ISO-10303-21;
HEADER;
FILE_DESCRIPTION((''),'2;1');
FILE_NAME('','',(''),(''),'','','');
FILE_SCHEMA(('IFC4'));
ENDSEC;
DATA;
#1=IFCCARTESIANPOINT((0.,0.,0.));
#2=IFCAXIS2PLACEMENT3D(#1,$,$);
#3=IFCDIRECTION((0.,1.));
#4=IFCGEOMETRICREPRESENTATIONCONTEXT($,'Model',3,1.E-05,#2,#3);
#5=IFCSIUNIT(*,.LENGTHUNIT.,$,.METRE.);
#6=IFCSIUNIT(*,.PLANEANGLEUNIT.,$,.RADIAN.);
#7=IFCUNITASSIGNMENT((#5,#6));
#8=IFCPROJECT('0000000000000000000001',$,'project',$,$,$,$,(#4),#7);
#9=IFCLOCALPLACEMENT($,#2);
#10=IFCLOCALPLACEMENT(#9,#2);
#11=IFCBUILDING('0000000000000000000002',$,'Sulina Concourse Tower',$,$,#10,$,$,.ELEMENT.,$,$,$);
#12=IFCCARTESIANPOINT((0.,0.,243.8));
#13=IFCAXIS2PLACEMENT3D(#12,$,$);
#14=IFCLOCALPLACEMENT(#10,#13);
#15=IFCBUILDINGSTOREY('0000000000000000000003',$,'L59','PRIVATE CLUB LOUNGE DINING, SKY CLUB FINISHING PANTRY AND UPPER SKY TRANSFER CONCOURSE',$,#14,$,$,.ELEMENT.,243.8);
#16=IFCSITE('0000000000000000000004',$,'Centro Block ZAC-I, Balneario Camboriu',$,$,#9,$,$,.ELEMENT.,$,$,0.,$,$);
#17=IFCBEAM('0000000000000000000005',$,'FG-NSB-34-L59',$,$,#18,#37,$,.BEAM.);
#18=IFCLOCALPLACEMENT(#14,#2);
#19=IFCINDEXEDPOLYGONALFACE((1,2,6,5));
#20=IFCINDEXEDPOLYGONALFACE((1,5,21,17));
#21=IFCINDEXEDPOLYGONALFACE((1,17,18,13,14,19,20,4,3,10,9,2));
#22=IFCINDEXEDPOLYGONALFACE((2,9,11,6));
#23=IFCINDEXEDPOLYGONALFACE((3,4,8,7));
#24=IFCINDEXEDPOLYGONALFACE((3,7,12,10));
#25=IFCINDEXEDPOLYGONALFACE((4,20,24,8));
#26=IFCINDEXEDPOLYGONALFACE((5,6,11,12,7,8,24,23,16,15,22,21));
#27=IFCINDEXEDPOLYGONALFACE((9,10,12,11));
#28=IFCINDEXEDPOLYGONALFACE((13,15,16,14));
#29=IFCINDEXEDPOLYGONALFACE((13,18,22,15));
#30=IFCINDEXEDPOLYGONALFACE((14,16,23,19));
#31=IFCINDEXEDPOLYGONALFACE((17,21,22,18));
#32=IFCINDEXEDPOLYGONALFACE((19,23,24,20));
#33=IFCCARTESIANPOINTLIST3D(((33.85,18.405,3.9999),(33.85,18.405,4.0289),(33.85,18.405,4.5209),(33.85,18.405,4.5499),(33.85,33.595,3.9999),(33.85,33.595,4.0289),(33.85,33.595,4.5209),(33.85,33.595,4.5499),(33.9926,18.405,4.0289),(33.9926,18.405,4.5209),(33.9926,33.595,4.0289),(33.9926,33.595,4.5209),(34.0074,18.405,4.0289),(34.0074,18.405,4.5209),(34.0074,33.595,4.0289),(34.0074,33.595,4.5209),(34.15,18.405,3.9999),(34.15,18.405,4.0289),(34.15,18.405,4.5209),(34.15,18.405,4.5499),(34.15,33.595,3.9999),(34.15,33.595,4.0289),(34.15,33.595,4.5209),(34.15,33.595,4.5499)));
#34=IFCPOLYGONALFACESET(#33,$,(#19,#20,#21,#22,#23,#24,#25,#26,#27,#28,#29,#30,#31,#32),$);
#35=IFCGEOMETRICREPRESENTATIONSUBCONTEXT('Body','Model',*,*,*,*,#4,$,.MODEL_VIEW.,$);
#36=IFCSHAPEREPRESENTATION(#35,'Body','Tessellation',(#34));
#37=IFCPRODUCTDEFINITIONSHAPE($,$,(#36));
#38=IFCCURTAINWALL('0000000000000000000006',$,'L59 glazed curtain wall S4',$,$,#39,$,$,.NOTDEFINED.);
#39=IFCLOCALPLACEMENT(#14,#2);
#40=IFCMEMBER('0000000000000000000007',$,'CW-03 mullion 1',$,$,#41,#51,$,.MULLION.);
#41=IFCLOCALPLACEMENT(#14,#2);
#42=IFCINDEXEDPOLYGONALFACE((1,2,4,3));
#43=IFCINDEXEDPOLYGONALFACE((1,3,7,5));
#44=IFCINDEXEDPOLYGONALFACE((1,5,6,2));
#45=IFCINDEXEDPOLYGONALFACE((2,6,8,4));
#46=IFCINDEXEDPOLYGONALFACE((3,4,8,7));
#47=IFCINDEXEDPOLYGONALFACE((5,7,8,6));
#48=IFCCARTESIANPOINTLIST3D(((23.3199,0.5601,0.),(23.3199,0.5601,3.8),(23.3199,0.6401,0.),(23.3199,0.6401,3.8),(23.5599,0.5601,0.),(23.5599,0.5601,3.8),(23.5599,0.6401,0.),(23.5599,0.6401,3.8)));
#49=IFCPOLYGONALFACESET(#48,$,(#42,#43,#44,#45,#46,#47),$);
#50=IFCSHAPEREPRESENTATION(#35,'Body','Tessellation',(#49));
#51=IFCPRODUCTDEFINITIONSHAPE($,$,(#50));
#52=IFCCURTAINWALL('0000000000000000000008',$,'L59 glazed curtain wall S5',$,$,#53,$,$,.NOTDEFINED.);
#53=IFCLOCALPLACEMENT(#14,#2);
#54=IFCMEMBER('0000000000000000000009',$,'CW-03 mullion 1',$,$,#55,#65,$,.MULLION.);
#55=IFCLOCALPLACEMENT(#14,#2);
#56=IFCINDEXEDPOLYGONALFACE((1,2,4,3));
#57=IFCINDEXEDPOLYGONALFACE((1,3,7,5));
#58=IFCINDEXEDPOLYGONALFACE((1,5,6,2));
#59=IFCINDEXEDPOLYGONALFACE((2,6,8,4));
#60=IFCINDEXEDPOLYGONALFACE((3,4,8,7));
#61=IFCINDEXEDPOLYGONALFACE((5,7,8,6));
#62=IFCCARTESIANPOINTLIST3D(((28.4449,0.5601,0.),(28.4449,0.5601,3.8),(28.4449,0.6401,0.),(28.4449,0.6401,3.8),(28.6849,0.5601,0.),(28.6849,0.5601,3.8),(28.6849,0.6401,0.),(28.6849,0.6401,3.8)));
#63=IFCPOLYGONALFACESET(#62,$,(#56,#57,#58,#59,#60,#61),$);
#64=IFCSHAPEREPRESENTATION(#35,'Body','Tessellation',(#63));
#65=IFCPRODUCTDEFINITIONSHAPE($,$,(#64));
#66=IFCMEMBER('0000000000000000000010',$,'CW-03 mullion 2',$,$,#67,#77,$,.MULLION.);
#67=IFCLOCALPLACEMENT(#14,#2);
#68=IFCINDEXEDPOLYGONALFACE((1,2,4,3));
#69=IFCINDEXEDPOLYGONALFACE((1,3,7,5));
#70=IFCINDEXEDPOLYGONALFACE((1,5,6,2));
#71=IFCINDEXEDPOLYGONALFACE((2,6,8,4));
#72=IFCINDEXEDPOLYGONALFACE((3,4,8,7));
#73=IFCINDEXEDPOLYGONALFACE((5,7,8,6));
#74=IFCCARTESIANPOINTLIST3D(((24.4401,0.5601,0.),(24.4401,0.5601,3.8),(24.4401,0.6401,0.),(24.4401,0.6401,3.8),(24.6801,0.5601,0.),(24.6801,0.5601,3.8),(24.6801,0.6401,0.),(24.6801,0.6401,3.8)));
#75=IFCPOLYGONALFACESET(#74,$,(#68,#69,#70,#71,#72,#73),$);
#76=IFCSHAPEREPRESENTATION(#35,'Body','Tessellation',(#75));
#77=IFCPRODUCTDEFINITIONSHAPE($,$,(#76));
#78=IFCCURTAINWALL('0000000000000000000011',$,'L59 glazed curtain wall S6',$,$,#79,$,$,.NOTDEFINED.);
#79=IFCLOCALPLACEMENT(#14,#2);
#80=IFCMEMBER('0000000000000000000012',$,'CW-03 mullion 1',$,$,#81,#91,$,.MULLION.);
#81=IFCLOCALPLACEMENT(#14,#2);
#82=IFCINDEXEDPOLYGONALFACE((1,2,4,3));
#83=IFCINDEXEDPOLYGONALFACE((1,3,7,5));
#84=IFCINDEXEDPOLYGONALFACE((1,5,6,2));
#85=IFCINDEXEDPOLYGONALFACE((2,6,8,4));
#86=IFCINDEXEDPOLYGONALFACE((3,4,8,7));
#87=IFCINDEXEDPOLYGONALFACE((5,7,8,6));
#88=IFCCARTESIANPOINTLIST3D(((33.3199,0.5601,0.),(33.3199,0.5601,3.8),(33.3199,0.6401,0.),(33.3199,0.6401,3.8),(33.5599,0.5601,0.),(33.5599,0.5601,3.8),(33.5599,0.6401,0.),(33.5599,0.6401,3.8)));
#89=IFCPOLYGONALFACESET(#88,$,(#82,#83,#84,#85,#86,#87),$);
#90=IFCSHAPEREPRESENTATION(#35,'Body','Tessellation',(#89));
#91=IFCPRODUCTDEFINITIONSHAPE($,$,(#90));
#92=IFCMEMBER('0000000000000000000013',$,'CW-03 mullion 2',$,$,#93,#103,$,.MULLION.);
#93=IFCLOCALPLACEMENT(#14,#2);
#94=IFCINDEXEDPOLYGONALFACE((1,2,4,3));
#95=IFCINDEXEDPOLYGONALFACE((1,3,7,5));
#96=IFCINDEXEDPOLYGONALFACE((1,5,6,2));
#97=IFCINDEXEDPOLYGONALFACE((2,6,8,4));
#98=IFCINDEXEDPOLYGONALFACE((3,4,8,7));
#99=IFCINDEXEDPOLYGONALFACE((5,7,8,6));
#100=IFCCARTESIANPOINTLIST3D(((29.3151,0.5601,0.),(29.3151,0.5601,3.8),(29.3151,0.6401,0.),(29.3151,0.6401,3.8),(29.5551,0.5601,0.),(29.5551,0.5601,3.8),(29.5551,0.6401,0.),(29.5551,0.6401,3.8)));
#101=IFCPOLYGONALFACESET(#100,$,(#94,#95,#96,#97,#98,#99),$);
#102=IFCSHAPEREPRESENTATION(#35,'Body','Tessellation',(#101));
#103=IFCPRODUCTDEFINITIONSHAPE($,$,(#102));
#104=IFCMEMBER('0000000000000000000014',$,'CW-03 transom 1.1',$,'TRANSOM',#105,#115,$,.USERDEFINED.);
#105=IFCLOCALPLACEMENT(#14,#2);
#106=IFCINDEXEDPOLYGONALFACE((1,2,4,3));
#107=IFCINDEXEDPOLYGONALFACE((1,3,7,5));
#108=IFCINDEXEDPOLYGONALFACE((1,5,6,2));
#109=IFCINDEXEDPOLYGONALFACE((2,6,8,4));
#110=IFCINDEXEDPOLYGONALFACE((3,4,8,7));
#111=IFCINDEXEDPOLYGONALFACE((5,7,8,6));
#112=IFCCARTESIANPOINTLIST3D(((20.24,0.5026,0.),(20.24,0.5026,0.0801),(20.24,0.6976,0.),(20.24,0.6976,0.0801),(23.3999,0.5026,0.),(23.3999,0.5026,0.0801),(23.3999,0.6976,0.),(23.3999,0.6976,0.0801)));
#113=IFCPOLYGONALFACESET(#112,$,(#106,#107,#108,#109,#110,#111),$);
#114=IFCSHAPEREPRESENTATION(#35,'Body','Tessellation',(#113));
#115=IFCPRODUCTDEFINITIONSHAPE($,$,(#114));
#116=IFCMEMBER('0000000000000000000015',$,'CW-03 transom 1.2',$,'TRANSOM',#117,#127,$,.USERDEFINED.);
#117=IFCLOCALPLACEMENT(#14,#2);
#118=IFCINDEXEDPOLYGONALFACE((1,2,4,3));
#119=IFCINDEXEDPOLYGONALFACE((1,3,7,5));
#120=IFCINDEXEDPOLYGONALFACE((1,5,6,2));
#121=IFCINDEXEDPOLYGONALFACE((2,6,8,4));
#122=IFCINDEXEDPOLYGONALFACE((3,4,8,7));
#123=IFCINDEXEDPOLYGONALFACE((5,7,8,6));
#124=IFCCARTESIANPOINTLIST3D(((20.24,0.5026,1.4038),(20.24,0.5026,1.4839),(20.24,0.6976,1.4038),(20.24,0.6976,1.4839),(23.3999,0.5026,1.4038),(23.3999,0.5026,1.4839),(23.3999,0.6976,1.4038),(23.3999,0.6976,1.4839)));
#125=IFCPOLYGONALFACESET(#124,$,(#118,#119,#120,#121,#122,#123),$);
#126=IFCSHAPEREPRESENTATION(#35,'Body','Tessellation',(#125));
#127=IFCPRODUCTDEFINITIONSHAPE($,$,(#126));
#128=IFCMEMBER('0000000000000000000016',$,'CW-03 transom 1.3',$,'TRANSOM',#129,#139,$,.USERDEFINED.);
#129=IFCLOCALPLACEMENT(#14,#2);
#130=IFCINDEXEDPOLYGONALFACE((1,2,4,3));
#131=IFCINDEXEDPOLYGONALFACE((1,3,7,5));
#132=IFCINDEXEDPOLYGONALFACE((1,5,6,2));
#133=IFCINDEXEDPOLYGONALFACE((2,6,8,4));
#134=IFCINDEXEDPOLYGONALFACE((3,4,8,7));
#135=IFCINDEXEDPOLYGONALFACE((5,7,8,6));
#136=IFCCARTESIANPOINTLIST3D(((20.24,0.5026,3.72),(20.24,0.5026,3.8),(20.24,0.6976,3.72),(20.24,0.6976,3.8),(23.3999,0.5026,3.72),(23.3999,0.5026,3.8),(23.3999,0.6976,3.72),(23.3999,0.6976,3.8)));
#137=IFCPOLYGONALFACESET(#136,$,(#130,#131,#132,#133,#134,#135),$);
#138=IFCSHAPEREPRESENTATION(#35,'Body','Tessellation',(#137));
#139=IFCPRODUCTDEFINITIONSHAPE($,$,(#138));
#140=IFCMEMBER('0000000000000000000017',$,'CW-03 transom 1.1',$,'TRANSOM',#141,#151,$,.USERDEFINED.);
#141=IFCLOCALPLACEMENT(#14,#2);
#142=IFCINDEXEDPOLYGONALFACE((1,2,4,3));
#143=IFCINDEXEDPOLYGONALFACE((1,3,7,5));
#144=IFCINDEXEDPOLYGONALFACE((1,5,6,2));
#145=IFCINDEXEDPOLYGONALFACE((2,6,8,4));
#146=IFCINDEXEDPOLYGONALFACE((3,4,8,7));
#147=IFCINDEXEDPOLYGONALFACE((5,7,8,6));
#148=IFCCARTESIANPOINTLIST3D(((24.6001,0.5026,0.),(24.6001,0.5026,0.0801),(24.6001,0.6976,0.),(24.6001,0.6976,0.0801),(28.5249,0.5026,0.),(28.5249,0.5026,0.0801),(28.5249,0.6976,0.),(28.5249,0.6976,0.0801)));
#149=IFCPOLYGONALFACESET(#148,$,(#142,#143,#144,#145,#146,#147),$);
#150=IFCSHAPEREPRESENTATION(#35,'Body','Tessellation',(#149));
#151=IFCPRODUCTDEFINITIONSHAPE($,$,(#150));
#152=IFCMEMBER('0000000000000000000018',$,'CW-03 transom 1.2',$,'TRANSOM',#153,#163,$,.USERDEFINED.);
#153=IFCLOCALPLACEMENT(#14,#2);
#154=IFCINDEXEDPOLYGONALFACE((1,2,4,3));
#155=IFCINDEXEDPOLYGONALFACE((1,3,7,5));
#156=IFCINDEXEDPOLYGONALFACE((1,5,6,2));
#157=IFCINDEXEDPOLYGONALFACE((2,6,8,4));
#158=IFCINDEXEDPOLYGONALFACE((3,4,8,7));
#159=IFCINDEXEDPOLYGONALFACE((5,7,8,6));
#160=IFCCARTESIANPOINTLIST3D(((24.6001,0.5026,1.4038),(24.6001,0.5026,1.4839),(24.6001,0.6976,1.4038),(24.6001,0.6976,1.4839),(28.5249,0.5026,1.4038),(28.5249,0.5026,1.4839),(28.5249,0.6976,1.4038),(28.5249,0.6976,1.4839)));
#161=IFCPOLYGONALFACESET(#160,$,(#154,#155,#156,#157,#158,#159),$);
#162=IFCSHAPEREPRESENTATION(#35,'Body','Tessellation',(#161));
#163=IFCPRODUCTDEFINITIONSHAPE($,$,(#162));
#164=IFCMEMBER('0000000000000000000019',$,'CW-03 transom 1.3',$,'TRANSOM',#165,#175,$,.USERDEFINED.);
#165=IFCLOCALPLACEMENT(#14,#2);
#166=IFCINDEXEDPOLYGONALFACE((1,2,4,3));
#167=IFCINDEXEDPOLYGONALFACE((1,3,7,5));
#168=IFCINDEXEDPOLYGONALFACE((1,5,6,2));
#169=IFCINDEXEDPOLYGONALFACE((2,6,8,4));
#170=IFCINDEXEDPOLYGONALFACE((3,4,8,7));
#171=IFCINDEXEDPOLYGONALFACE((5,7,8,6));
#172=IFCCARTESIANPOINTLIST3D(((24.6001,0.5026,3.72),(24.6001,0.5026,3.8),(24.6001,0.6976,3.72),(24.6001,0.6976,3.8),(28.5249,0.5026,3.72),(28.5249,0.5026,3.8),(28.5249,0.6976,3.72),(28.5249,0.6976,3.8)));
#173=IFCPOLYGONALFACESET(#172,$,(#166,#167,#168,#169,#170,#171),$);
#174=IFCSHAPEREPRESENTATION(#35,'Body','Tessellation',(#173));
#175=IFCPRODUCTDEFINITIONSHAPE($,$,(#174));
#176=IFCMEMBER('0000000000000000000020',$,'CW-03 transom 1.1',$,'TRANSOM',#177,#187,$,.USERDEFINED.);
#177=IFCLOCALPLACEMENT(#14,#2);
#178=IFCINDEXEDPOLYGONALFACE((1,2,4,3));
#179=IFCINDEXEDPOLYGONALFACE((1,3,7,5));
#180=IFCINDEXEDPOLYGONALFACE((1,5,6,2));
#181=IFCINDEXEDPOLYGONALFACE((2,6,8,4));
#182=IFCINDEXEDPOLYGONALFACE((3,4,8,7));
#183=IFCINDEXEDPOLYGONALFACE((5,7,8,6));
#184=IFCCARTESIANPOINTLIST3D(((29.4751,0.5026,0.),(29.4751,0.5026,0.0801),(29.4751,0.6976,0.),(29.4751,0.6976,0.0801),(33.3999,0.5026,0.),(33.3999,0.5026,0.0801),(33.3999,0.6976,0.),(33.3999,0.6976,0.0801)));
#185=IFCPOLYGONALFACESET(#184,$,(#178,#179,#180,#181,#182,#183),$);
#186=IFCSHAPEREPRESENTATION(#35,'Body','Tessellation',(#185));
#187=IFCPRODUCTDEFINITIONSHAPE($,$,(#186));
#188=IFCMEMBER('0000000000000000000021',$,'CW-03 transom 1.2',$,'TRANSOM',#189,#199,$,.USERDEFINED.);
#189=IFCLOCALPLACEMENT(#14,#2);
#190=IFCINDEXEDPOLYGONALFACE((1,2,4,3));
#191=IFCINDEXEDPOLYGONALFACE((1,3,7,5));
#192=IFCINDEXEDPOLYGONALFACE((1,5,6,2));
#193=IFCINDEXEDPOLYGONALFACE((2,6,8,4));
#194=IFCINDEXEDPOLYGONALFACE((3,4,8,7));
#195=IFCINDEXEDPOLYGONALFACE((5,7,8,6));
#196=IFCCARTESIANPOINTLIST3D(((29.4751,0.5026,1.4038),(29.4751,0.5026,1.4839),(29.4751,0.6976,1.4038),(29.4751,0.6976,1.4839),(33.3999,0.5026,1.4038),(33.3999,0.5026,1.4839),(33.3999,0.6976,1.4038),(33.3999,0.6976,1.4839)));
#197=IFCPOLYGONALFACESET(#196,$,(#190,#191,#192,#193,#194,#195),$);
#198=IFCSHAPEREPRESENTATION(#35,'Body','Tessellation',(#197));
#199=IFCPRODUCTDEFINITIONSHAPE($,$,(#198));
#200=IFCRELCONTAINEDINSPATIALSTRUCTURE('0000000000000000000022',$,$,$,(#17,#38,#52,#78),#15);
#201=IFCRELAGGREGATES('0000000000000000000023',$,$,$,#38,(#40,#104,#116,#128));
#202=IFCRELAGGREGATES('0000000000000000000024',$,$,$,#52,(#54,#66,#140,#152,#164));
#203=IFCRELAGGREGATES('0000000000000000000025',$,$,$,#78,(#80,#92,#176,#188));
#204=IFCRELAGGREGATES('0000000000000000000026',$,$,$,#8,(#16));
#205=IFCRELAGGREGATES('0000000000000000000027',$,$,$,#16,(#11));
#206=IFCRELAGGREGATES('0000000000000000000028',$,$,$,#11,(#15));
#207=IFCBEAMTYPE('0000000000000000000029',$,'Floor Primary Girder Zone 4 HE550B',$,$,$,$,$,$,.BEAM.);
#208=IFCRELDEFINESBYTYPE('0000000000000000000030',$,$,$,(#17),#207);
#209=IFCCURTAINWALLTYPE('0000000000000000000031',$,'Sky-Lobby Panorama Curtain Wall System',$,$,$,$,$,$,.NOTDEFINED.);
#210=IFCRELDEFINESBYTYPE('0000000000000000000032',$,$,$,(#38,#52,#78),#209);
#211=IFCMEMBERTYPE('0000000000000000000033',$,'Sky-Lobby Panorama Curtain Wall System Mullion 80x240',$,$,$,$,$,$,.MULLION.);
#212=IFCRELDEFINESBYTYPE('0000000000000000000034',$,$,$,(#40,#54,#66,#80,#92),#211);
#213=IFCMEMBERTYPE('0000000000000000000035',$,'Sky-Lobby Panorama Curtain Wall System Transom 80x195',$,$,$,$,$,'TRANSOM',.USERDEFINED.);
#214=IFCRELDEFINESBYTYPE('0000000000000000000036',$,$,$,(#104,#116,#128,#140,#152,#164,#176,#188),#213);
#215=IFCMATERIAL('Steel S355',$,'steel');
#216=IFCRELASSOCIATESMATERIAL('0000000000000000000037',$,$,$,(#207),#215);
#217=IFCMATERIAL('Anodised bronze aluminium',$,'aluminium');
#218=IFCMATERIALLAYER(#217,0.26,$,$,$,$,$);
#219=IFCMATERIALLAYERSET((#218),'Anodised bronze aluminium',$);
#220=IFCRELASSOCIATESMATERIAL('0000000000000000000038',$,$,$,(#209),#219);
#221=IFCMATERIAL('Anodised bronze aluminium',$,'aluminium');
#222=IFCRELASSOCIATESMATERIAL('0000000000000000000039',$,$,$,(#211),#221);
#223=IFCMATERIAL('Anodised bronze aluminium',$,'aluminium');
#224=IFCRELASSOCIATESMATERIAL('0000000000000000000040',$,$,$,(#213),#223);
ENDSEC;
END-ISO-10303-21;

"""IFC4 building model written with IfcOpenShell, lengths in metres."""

from ifc_helpers import new_model, si_unit, direction, frame, origin, origin_2d, place, context, subcontext, project, spatial, rectangle, i_section, extrude, material, layer, layer_set, material_profile, profile_set, type_object, element, aggregate, save


model = new_model("IFC4")

# Units and contexts
model_context = context("Model", 3, precision=1e-05, world=origin(), true_north=direction((0.0, 1.0)))
body_context = subcontext(model_context, "Body", "Model", "MODEL_VIEW")
ifc_project = project(units=[si_unit("LENGTHUNIT", "METRE"), si_unit("PLANEANGLEUNIT", "RADIAN")], contexts=[model_context])

# Site, building, storey
site_placement = place(None, origin())
site = spatial("IfcSite", under=ifc_project, at=site_placement, Name="Centro Block ZAC-I, Balneario Camboriu", CompositionType="ELEMENT", RefElevation=0.0)
building_placement = place(site_placement, origin())
building = spatial("IfcBuilding", under=site, at=building_placement, Name="Sulina Concourse Tower", CompositionType="ELEMENT")
storey_placement = place(building_placement, frame((0.0, 0.0, 243.8)))
storey = spatial("IfcBuildingStorey", under=building, at=storey_placement, Name="L59", Description="PRIVATE CLUB LOUNGE DINING, SKY CLUB FINISHING PANTRY AND UPPER SKY TRANSFER CONCOURSE", CompositionType="ELEMENT", Elevation=243.8)

# Beam
ifc_material_1 = material(Name="Steel S355", Category="steel")
ifc_material_profile_1 = material_profile(ifc_material_1, i_section(OverallWidth=0.3, OverallDepth=0.55, WebThickness=0.0149, FlangeThickness=0.0291, at=origin_2d()), Name="HE 550 B")
ifc_profile_set_1 = profile_set([ifc_material_profile_1], Name="Steel S355")
beam_type_1 = type_object("IfcBeamType", Name="Floor Primary Girder Zone 4 HE550B", PredefinedType="BEAM", material=ifc_profile_set_1)
beam_1_placement = place(storey_placement, frame((34.0, 18.405, 4.2749), z_axis=(0.0, 1.0, 0.0), x_axis=(-1.0, 0.0, 0.0)))
element("IfcBeam", 1, at=beam_1_placement, inside=storey, type_object=beam_type_1, Name="FG-NSB-34-L59", PredefinedType="BEAM", context=body_context, shape_type="SweptSolid", body=[
    extrude(i_section(OverallWidth=0.3, OverallDepth=0.55, WebThickness=0.0149, FlangeThickness=0.0291, at=origin_2d()), origin(), (0.0, 0.0, 1.0), 15.1899),
])

# Curtain wall, member
ifc_material_2 = material(Name="Anodised bronze aluminium", Category="aluminium")
ifc_layer_1 = layer(ifc_material_2, 0.26)
ifc_layer_set_1 = layer_set([ifc_layer_1], Name="Anodised bronze aluminium")
curtain_wall_type = type_object("IfcCurtainWallType", Name="Sky-Lobby Panorama Curtain Wall System", PredefinedType="NOTDEFINED", material=ifc_layer_set_1)
curtain_wall_1_placement = place(storey_placement, origin())
curtain_wall_1 = element("IfcCurtainWall", 2, at=curtain_wall_1_placement, inside=storey, type_object=curtain_wall_type, Name="L59 glazed curtain wall S4", PredefinedType="NOTDEFINED")
ifc_material_3 = material(Name="Anodised bronze aluminium", Category="aluminium")
ifc_material_profile_2 = material_profile(ifc_material_3, rectangle(XDim=0.0801, YDim=0.24, at=origin_2d()), Name="MUL 80x240")
ifc_profile_set_2 = profile_set([ifc_material_profile_2], Name="Anodised bronze aluminium")
member_type_1 = type_object("IfcMemberType", Name="Sky-Lobby Panorama Curtain Wall System Mullion 80x240", PredefinedType="MULLION", material=ifc_profile_set_2)
member_1_placement = place(storey_placement, frame((23.4399, 0.6001, 0.0), z_axis=(0.0, 0.0, 1.0), x_axis=(0.0, -1.0, 0.0)))
member_1 = element("IfcMember", 3, at=member_1_placement, type_object=member_type_1, Name="CW-03 mullion 1", PredefinedType="MULLION", context=body_context, shape_type="SweptSolid", body=[
    extrude(rectangle(XDim=0.0801, YDim=0.24, at=origin_2d()), origin(), (0.0, 0.0, 1.0), 3.8),
])

# Curtain walls, members
curtain_wall_2_placement = place(storey_placement, origin())
curtain_wall_2 = element("IfcCurtainWall", 4, at=curtain_wall_2_placement, inside=storey, type_object=curtain_wall_type, Name="L59 glazed curtain wall S5", PredefinedType="NOTDEFINED")
member_2_placement = place(storey_placement, frame((28.5649, 0.6001, 0.0), z_axis=(0.0, 0.0, 1.0), x_axis=(0.0, -1.0, 0.0)))
member_2 = element("IfcMember", 5, at=member_2_placement, type_object=member_type_1, Name="CW-03 mullion 1", PredefinedType="MULLION", context=body_context, shape_type="SweptSolid", body=[
    extrude(rectangle(XDim=0.0801, YDim=0.24, at=origin_2d()), origin(), (0.0, 0.0, 1.0), 3.8),
])
member_3_placement = place(storey_placement, frame((24.5601, 0.6001, 0.0), z_axis=(0.0, 0.0, 1.0), x_axis=(0.0, -1.0, 0.0)))
member_3 = element("IfcMember", 6, at=member_3_placement, type_object=member_type_1, Name="CW-03 mullion 2", PredefinedType="MULLION", context=body_context, shape_type="SweptSolid", body=[
    extrude(rectangle(XDim=0.0801, YDim=0.24, at=origin_2d()), origin(), (0.0, 0.0, 1.0), 3.8),
])
curtain_wall_3_placement = place(storey_placement, origin())
curtain_wall_3 = element("IfcCurtainWall", 7, at=curtain_wall_3_placement, inside=storey, type_object=curtain_wall_type, Name="L59 glazed curtain wall S6", PredefinedType="NOTDEFINED")
member_4_placement = place(storey_placement, frame((33.4399, 0.6001, 0.0), z_axis=(0.0, 0.0, 1.0), x_axis=(0.0, -1.0, 0.0)))
member_4 = element("IfcMember", 8, at=member_4_placement, type_object=member_type_1, Name="CW-03 mullion 1", PredefinedType="MULLION", context=body_context, shape_type="SweptSolid", body=[
    extrude(rectangle(XDim=0.0801, YDim=0.24, at=origin_2d()), origin(), (0.0, 0.0, 1.0), 3.8),
])
member_5_placement = place(storey_placement, frame((29.4351, 0.6001, 0.0), z_axis=(0.0, 0.0, 1.0), x_axis=(0.0, -1.0, 0.0)))
member_5 = element("IfcMember", 9, at=member_5_placement, type_object=member_type_1, Name="CW-03 mullion 2", PredefinedType="MULLION", context=body_context, shape_type="SweptSolid", body=[
    extrude(rectangle(XDim=0.0801, YDim=0.24, at=origin_2d()), origin(), (0.0, 0.0, 1.0), 3.8),
])

# Members
ifc_material_4 = material(Name="Anodised bronze aluminium", Category="aluminium")
ifc_material_profile_3 = material_profile(ifc_material_4, rectangle(XDim=0.1951, YDim=0.0801, at=origin_2d()), Name="TRN 80x195")
ifc_profile_set_3 = profile_set([ifc_material_profile_3], Name="Anodised bronze aluminium")
member_type_2 = type_object("IfcMemberType", Name="Sky-Lobby Panorama Curtain Wall System Transom 80x195", ElementType="TRANSOM", PredefinedType="USERDEFINED", material=ifc_profile_set_3)
member_6_placement = place(storey_placement, frame((23.3999, 0.6001, 0.04), z_axis=(-1.0, 0.0, 0.0), x_axis=(0.0, -1.0, 0.0)))
member_6 = element("IfcMember", 10, at=member_6_placement, type_object=member_type_2, Name="CW-03 transom 1.1", ObjectType="TRANSOM", PredefinedType="USERDEFINED", context=body_context, shape_type="SweptSolid", body=[
    extrude(rectangle(XDim=0.1951, YDim=0.0801, at=origin_2d()), origin(), (0.0, 0.0, 1.0), 3.1599),
])
member_7_placement = place(storey_placement, frame((23.3999, 0.6001, 1.4438), z_axis=(-1.0, 0.0, 0.0), x_axis=(0.0, -1.0, 0.0)))
member_7 = element("IfcMember", 11, at=member_7_placement, type_object=member_type_2, Name="CW-03 transom 1.2", ObjectType="TRANSOM", PredefinedType="USERDEFINED", context=body_context, shape_type="SweptSolid", body=[
    extrude(rectangle(XDim=0.1951, YDim=0.0801, at=origin_2d()), origin(), (0.0, 0.0, 1.0), 3.1599),
])
member_8_placement = place(storey_placement, frame((23.3999, 0.6001, 3.76), z_axis=(-1.0, 0.0, 0.0), x_axis=(0.0, -1.0, 0.0)))
member_8 = element("IfcMember", 12, at=member_8_placement, type_object=member_type_2, Name="CW-03 transom 1.3", ObjectType="TRANSOM", PredefinedType="USERDEFINED", context=body_context, shape_type="SweptSolid", body=[
    extrude(rectangle(XDim=0.1951, YDim=0.0801, at=origin_2d()), origin(), (0.0, 0.0, 1.0), 3.1599),
])
aggregate(curtain_wall_1, [member_1, member_6, member_7, member_8])
member_9_placement = place(storey_placement, frame((28.5249, 0.6001, 0.04), z_axis=(-1.0, 0.0, 0.0), x_axis=(0.0, -1.0, 0.0)))
member_9 = element("IfcMember", 13, at=member_9_placement, type_object=member_type_2, Name="CW-03 transom 1.1", ObjectType="TRANSOM", PredefinedType="USERDEFINED", context=body_context, shape_type="SweptSolid", body=[
    extrude(rectangle(XDim=0.1951, YDim=0.0801, at=origin_2d()), origin(), (0.0, 0.0, 1.0), 3.9248),
])
member_10_placement = place(storey_placement, frame((28.5249, 0.6001, 1.4438), z_axis=(-1.0, 0.0, 0.0), x_axis=(0.0, -1.0, 0.0)))
member_10 = element("IfcMember", 14, at=member_10_placement, type_object=member_type_2, Name="CW-03 transom 1.2", ObjectType="TRANSOM", PredefinedType="USERDEFINED", context=body_context, shape_type="SweptSolid", body=[
    extrude(rectangle(XDim=0.1951, YDim=0.0801, at=origin_2d()), origin(), (0.0, 0.0, 1.0), 3.9248),
])
member_11_placement = place(storey_placement, frame((28.5249, 0.6001, 3.76), z_axis=(-1.0, 0.0, 0.0), x_axis=(0.0, -1.0, 0.0)))
member_11 = element("IfcMember", 15, at=member_11_placement, type_object=member_type_2, Name="CW-03 transom 1.3", ObjectType="TRANSOM", PredefinedType="USERDEFINED", context=body_context, shape_type="SweptSolid", body=[
    extrude(rectangle(XDim=0.1951, YDim=0.0801, at=origin_2d()), origin(), (0.0, 0.0, 1.0), 3.9248),
])
member_12_placement = place(storey_placement, frame((33.3999, 0.6001, 0.04), z_axis=(-1.0, 0.0, 0.0), x_axis=(0.0, -1.0, 0.0)))
member_12 = element("IfcMember", 16, at=member_12_placement, type_object=member_type_2, Name="CW-03 transom 1.1", ObjectType="TRANSOM", PredefinedType="USERDEFINED", context=body_context, shape_type="SweptSolid", body=[
    extrude(rectangle(XDim=0.1951, YDim=0.0801, at=origin_2d()), origin(), (0.0, 0.0, 1.0), 3.9248),
])
member_13_placement = place(storey_placement, frame((33.3999, 0.6001, 1.4438), z_axis=(-1.0, 0.0, 0.0), x_axis=(0.0, -1.0, 0.0)))
member_13 = element("IfcMember", 17, at=member_13_placement, type_object=member_type_2, Name="CW-03 transom 1.2", ObjectType="TRANSOM", PredefinedType="USERDEFINED", context=body_context, shape_type="SweptSolid", body=[
    extrude(rectangle(XDim=0.1951, YDim=0.0801, at=origin_2d()), origin(), (0.0, 0.0, 1.0), 3.9248),
])

aggregate(curtain_wall_2, [member_2, member_3, member_9, member_10, member_11])
aggregate(curtain_wall_3, [member_4, member_5, member_12, member_13])

save(model, "model.ifc")
